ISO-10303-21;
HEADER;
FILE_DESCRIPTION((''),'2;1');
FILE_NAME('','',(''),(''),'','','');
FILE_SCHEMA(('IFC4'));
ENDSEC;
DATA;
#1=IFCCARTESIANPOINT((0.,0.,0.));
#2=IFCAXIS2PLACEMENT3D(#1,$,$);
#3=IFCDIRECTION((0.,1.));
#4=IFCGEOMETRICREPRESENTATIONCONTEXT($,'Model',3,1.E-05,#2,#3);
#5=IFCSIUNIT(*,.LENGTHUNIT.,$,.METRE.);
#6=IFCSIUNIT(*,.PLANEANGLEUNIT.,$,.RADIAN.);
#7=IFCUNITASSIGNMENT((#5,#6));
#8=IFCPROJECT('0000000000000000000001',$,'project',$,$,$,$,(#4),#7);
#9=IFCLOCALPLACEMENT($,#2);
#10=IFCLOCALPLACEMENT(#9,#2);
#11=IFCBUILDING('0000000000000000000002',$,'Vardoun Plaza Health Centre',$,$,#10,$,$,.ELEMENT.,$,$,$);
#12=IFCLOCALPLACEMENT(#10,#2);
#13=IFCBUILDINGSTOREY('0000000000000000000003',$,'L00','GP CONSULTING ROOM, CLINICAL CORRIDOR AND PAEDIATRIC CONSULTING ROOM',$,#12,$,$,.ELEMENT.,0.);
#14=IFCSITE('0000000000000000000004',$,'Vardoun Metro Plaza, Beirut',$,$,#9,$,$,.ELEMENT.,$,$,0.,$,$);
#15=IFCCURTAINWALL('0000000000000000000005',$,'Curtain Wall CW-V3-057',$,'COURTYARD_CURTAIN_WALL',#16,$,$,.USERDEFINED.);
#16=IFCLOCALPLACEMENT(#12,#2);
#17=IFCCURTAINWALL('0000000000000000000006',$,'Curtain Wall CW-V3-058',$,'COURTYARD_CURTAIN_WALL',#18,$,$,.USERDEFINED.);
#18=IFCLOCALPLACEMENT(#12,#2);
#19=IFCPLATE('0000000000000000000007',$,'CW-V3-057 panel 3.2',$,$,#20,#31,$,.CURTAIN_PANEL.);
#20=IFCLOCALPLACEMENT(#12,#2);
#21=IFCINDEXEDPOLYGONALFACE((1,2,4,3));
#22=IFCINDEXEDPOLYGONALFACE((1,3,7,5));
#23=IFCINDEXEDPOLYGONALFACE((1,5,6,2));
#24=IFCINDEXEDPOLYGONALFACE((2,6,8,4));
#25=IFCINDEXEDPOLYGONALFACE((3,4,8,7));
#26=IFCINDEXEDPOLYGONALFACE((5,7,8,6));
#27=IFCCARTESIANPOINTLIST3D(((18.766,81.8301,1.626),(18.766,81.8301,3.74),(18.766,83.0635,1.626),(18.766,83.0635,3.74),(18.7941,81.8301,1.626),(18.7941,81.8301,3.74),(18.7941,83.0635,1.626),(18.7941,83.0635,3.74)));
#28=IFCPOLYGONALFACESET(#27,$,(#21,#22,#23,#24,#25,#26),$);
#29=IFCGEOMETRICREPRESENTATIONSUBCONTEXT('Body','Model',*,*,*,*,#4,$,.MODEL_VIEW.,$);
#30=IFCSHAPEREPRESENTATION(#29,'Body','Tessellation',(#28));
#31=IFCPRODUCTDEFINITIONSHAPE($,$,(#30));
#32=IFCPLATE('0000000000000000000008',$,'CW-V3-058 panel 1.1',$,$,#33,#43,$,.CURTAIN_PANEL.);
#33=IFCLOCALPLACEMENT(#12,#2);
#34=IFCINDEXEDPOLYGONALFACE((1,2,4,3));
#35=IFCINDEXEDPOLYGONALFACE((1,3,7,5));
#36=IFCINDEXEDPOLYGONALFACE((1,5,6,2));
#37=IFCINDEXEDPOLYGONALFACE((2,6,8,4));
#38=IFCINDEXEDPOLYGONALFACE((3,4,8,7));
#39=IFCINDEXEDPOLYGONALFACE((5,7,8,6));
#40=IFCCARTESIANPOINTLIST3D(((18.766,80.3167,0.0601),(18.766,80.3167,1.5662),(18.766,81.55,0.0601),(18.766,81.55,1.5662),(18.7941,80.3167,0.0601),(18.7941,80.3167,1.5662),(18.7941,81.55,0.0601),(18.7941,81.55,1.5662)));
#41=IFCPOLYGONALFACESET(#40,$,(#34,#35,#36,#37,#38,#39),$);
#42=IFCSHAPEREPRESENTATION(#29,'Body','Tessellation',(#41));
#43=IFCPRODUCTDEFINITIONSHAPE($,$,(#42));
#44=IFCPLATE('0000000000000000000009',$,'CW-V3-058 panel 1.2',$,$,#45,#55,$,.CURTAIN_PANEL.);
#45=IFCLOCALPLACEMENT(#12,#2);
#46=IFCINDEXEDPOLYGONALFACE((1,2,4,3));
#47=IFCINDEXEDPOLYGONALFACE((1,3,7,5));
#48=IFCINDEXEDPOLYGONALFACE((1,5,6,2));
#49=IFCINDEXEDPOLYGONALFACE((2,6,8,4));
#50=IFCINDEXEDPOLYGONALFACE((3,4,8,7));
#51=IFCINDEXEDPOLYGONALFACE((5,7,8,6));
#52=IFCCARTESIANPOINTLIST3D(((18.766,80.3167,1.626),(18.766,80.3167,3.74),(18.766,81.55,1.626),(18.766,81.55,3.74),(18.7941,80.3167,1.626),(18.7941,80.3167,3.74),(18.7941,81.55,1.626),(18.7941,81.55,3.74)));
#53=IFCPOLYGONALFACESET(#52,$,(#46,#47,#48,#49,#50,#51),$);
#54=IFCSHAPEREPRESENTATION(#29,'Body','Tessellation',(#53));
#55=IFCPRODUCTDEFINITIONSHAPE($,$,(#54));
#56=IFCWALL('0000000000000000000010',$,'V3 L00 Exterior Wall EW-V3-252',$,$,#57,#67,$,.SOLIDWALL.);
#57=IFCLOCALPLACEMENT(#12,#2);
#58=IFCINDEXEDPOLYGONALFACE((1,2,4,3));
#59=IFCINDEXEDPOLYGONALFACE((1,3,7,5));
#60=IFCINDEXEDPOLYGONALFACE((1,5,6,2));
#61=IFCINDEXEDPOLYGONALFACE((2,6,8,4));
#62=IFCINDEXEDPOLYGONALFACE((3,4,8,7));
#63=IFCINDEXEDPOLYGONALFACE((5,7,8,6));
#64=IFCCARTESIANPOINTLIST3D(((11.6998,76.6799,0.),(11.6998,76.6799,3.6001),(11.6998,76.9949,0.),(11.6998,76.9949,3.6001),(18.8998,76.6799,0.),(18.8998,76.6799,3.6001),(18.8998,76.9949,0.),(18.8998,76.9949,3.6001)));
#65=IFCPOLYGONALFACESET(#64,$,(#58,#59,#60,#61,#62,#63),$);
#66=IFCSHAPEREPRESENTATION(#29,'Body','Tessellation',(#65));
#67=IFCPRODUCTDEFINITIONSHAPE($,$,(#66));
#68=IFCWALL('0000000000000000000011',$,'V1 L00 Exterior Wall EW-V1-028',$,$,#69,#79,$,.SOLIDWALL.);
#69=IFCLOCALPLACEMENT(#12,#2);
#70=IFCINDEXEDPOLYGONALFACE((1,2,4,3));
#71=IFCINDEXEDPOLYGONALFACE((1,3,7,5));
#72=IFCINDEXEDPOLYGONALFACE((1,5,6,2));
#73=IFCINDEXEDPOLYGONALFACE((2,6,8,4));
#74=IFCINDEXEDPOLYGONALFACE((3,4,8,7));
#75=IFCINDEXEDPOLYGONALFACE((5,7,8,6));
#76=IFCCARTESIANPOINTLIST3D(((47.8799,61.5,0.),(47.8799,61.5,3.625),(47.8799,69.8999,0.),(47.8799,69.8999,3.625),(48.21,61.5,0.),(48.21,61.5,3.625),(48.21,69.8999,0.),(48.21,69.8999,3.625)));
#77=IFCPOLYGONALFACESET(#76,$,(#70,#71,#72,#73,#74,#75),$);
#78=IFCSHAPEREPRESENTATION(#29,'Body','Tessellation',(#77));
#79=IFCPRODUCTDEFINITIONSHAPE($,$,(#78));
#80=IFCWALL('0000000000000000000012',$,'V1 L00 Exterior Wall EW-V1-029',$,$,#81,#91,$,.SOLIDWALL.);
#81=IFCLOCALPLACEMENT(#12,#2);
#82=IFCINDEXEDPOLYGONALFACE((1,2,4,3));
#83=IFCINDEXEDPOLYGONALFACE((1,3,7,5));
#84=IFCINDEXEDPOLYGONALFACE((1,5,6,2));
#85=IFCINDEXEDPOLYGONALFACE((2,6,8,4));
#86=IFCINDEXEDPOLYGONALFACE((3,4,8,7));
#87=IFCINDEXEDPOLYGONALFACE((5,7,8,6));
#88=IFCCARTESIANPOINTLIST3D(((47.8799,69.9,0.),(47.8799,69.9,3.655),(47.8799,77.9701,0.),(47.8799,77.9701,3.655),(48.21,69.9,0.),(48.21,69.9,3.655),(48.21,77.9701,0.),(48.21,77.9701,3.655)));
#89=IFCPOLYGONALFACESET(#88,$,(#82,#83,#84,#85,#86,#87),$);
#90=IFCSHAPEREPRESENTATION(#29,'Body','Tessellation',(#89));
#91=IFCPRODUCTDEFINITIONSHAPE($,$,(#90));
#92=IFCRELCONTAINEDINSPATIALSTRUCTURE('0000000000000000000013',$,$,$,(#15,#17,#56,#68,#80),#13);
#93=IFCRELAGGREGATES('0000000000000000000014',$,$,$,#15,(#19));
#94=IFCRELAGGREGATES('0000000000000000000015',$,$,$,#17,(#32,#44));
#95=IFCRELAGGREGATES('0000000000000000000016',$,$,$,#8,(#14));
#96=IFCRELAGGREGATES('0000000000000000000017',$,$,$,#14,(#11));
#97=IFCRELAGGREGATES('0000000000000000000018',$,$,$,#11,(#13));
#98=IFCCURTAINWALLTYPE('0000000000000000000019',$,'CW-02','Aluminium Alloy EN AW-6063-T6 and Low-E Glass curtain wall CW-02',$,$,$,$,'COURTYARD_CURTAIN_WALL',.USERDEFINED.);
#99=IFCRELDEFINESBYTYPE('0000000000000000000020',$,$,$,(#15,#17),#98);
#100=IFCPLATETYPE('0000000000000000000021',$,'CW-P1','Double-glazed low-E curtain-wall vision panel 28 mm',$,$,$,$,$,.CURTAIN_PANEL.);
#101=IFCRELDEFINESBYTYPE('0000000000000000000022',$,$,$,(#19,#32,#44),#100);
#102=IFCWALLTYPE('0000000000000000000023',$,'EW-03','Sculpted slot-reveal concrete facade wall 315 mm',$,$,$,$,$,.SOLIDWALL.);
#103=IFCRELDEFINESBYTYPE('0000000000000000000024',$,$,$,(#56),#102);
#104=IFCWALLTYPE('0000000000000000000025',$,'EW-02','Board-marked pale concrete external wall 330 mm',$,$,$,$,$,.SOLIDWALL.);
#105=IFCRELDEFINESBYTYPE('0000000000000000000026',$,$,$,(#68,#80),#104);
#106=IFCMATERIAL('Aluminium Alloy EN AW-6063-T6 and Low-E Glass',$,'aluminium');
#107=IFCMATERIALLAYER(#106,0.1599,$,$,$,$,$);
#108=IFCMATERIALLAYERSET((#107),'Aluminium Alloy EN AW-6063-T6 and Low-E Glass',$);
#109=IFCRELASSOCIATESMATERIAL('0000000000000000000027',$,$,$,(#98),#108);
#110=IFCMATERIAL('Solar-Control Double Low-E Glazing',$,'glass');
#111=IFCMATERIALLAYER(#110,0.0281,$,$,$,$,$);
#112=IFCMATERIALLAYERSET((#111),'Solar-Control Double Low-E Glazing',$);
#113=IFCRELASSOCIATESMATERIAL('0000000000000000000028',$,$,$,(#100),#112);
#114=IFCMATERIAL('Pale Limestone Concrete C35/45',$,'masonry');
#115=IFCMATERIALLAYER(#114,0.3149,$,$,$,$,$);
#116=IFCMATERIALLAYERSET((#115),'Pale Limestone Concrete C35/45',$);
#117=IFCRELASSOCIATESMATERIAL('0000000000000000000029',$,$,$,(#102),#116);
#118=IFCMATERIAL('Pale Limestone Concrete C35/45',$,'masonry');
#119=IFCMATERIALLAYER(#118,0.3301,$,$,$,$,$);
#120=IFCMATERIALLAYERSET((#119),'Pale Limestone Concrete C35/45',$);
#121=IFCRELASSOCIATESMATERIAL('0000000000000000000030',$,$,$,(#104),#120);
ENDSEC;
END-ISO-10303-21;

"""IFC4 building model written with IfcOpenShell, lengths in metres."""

from ifc_helpers import new_model, si_unit, direction, frame, frame_2d, origin, origin_2d, place, context, subcontext, project, spatial, rectangle, extrude, material, layer, layer_set, type_object, element, aggregate, save


model = new_model("IFC4")

# Units and contexts
model_context = context("Model", 3, precision=1e-05, world=origin(), true_north=direction((0.0, 1.0)))
body_context = subcontext(model_context, "Body", "Model", "MODEL_VIEW")
ifc_project = project(units=[si_unit("LENGTHUNIT", "METRE"), si_unit("PLANEANGLEUNIT", "RADIAN")], contexts=[model_context])

# Site, building, storey
site_placement = place(None, origin())
site = spatial("IfcSite", under=ifc_project, at=site_placement, Name="Vardoun Metro Plaza, Beirut", CompositionType="ELEMENT", RefElevation=0.0)
building_placement = place(site_placement, origin())
building = spatial("IfcBuilding", under=site, at=building_placement, Name="Vardoun Plaza Health Centre", CompositionType="ELEMENT")
storey_placement = place(building_placement, origin())
storey = spatial("IfcBuildingStorey", under=building, at=storey_placement, Name="L00", Description="GP CONSULTING ROOM, CLINICAL CORRIDOR AND PAEDIATRIC CONSULTING ROOM", CompositionType="ELEMENT", Elevation=0.0)

# Curtain wall
ifc_material_1 = material(Name="Aluminium Alloy EN AW-6063-T6 and Low-E Glass", Category="aluminium")
ifc_layer_1 = layer(ifc_material_1, 0.1599)
ifc_layer_set_1 = layer_set([ifc_layer_1], Name="Aluminium Alloy EN AW-6063-T6 and Low-E Glass")
curtain_wall_type = type_object("IfcCurtainWallType", Name="CW-02", Description="Aluminium Alloy EN AW-6063-T6 and Low-E Glass curtain wall CW-02", ElementType="COURTYARD_CURTAIN_WALL", PredefinedType="USERDEFINED", material=ifc_layer_set_1)
curtain_wall_1_placement = place(storey_placement, origin())
curtain_wall_1 = element("IfcCurtainWall", 1, at=curtain_wall_1_placement, inside=storey, type_object=curtain_wall_type, Name="Curtain Wall CW-V3-057", ObjectType="COURTYARD_CURTAIN_WALL", PredefinedType="USERDEFINED")

# Curtain wall
curtain_wall_2_placement = place(storey_placement, origin())
curtain_wall_2 = element("IfcCurtainWall", 2, at=curtain_wall_2_placement, inside=storey, type_object=curtain_wall_type, Name="Curtain Wall CW-V3-058", ObjectType="COURTYARD_CURTAIN_WALL", PredefinedType="USERDEFINED")

# Plates
ifc_material_2 = material(Name="Solar-Control Double Low-E Glazing", Category="glass")
ifc_layer_2 = layer(ifc_material_2, 0.0281)
ifc_layer_set_2 = layer_set([ifc_layer_2], Name="Solar-Control Double Low-E Glazing")
plate_type = type_object("IfcPlateType", Name="CW-P1", Description="Double-glazed low-E curtain-wall vision panel 28 mm", PredefinedType="CURTAIN_PANEL", material=ifc_layer_set_2)
plate_1_placement = place(storey_placement, frame((18.78, 82.4468, 1.626), z_axis=(0.0, 0.0, 1.0), x_axis=(0.0, -1.0, 0.0)))
plate_1 = element("IfcPlate", 3, at=plate_1_placement, type_object=plate_type, Name="CW-V3-057 panel 3.2", PredefinedType="CURTAIN_PANEL", context=body_context, shape_type="SweptSolid", body=[
    extrude(rectangle(XDim=1.2334, YDim=0.0281, at=origin_2d()), origin(), (0.0, 0.0, 1.0), 2.114),
])
aggregate(curtain_wall_1, [plate_1])
plate_2_placement = place(storey_placement, frame((18.78, 80.9333, 0.0601), z_axis=(0.0, 0.0, 1.0), x_axis=(0.0, -1.0, 0.0)))
plate_2 = element("IfcPlate", 4, at=plate_2_placement, type_object=plate_type, Name="CW-V3-058 panel 1.1", PredefinedType="CURTAIN_PANEL", context=body_context, shape_type="SweptSolid", body=[
    extrude(rectangle(XDim=1.2334, YDim=0.0281, at=origin_2d()), origin(), (0.0, 0.0, 1.0), 1.5061),
])
plate_3_placement = place(storey_placement, frame((18.78, 80.9333, 1.626), z_axis=(0.0, 0.0, 1.0), x_axis=(0.0, -1.0, 0.0)))
plate_3 = element("IfcPlate", 5, at=plate_3_placement, type_object=plate_type, Name="CW-V3-058 panel 1.2", PredefinedType="CURTAIN_PANEL", context=body_context, shape_type="SweptSolid", body=[
    extrude(rectangle(XDim=1.2334, YDim=0.0281, at=origin_2d()), origin(), (0.0, 0.0, 1.0), 2.114),
])
aggregate(curtain_wall_2, [plate_2, plate_3])

# Walls
ifc_material_3 = material(Name="Pale Limestone Concrete C35/45", Category="masonry")
ifc_layer_3 = layer(ifc_material_3, 0.3149)
ifc_layer_set_3 = layer_set([ifc_layer_3], Name="Pale Limestone Concrete C35/45")
wall_type_1 = type_object("IfcWallType", Name="EW-03", Description="Sculpted slot-reveal concrete facade wall 315 mm", PredefinedType="SOLIDWALL", material=ifc_layer_set_3)
wall_1_placement = place(storey_placement, frame((18.8999, 76.8374, 0.0), z_axis=(0.0, 0.0, 1.0), x_axis=(-1.0, 0.0, 0.0)))
element("IfcWall", 6, at=wall_1_placement, inside=storey, type_object=wall_type_1, Name="V3 L00 Exterior Wall EW-V3-252", PredefinedType="SOLIDWALL", context=body_context, shape_type="SweptSolid", body=[
    extrude(rectangle(XDim=7.2, YDim=0.3149, at=frame_2d((3.6001, 0.0))), origin(), (0.0, 0.0, 1.0), 3.6001),
])
ifc_material_4 = material(Name="Pale Limestone Concrete C35/45", Category="masonry")
ifc_layer_4 = layer(ifc_material_4, 0.3301)
ifc_layer_set_4 = layer_set([ifc_layer_4], Name="Pale Limestone Concrete C35/45")
wall_type_2 = type_object("IfcWallType", Name="EW-02", Description="Board-marked pale concrete external wall 330 mm", PredefinedType="SOLIDWALL", material=ifc_layer_set_4)
wall_2_placement = place(storey_placement, frame((48.0449, 61.5, 0.0), z_axis=(0.0, 0.0, 1.0), x_axis=(0.0, 1.0, 0.0)))
element("IfcWall", 7, at=wall_2_placement, inside=storey, type_object=wall_type_2, Name="V1 L00 Exterior Wall EW-V1-028", PredefinedType="SOLIDWALL", context=body_context, shape_type="SweptSolid", body=[
    extrude(rectangle(XDim=8.3999, YDim=0.3301, at=frame_2d((4.2, 0.0))), origin(), (0.0, 0.0, 1.0), 3.625),
])
wall_3_placement = place(storey_placement, frame((48.0449, 69.8999, 0.0), z_axis=(0.0, 0.0, 1.0), x_axis=(0.0, 1.0, 0.0)))
element("IfcWall", 8, at=wall_3_placement, inside=storey, type_object=wall_type_2, Name="V1 L00 Exterior Wall EW-V1-029", PredefinedType="SOLIDWALL", context=body_context, shape_type="SweptSolid", body=[
    extrude(rectangle(XDim=8.0701, YDim=0.3301, at=frame_2d((4.0352, 0.0))), origin(), (0.0, 0.0, 1.0), 3.655),
])

save(model, "model.ifc")
